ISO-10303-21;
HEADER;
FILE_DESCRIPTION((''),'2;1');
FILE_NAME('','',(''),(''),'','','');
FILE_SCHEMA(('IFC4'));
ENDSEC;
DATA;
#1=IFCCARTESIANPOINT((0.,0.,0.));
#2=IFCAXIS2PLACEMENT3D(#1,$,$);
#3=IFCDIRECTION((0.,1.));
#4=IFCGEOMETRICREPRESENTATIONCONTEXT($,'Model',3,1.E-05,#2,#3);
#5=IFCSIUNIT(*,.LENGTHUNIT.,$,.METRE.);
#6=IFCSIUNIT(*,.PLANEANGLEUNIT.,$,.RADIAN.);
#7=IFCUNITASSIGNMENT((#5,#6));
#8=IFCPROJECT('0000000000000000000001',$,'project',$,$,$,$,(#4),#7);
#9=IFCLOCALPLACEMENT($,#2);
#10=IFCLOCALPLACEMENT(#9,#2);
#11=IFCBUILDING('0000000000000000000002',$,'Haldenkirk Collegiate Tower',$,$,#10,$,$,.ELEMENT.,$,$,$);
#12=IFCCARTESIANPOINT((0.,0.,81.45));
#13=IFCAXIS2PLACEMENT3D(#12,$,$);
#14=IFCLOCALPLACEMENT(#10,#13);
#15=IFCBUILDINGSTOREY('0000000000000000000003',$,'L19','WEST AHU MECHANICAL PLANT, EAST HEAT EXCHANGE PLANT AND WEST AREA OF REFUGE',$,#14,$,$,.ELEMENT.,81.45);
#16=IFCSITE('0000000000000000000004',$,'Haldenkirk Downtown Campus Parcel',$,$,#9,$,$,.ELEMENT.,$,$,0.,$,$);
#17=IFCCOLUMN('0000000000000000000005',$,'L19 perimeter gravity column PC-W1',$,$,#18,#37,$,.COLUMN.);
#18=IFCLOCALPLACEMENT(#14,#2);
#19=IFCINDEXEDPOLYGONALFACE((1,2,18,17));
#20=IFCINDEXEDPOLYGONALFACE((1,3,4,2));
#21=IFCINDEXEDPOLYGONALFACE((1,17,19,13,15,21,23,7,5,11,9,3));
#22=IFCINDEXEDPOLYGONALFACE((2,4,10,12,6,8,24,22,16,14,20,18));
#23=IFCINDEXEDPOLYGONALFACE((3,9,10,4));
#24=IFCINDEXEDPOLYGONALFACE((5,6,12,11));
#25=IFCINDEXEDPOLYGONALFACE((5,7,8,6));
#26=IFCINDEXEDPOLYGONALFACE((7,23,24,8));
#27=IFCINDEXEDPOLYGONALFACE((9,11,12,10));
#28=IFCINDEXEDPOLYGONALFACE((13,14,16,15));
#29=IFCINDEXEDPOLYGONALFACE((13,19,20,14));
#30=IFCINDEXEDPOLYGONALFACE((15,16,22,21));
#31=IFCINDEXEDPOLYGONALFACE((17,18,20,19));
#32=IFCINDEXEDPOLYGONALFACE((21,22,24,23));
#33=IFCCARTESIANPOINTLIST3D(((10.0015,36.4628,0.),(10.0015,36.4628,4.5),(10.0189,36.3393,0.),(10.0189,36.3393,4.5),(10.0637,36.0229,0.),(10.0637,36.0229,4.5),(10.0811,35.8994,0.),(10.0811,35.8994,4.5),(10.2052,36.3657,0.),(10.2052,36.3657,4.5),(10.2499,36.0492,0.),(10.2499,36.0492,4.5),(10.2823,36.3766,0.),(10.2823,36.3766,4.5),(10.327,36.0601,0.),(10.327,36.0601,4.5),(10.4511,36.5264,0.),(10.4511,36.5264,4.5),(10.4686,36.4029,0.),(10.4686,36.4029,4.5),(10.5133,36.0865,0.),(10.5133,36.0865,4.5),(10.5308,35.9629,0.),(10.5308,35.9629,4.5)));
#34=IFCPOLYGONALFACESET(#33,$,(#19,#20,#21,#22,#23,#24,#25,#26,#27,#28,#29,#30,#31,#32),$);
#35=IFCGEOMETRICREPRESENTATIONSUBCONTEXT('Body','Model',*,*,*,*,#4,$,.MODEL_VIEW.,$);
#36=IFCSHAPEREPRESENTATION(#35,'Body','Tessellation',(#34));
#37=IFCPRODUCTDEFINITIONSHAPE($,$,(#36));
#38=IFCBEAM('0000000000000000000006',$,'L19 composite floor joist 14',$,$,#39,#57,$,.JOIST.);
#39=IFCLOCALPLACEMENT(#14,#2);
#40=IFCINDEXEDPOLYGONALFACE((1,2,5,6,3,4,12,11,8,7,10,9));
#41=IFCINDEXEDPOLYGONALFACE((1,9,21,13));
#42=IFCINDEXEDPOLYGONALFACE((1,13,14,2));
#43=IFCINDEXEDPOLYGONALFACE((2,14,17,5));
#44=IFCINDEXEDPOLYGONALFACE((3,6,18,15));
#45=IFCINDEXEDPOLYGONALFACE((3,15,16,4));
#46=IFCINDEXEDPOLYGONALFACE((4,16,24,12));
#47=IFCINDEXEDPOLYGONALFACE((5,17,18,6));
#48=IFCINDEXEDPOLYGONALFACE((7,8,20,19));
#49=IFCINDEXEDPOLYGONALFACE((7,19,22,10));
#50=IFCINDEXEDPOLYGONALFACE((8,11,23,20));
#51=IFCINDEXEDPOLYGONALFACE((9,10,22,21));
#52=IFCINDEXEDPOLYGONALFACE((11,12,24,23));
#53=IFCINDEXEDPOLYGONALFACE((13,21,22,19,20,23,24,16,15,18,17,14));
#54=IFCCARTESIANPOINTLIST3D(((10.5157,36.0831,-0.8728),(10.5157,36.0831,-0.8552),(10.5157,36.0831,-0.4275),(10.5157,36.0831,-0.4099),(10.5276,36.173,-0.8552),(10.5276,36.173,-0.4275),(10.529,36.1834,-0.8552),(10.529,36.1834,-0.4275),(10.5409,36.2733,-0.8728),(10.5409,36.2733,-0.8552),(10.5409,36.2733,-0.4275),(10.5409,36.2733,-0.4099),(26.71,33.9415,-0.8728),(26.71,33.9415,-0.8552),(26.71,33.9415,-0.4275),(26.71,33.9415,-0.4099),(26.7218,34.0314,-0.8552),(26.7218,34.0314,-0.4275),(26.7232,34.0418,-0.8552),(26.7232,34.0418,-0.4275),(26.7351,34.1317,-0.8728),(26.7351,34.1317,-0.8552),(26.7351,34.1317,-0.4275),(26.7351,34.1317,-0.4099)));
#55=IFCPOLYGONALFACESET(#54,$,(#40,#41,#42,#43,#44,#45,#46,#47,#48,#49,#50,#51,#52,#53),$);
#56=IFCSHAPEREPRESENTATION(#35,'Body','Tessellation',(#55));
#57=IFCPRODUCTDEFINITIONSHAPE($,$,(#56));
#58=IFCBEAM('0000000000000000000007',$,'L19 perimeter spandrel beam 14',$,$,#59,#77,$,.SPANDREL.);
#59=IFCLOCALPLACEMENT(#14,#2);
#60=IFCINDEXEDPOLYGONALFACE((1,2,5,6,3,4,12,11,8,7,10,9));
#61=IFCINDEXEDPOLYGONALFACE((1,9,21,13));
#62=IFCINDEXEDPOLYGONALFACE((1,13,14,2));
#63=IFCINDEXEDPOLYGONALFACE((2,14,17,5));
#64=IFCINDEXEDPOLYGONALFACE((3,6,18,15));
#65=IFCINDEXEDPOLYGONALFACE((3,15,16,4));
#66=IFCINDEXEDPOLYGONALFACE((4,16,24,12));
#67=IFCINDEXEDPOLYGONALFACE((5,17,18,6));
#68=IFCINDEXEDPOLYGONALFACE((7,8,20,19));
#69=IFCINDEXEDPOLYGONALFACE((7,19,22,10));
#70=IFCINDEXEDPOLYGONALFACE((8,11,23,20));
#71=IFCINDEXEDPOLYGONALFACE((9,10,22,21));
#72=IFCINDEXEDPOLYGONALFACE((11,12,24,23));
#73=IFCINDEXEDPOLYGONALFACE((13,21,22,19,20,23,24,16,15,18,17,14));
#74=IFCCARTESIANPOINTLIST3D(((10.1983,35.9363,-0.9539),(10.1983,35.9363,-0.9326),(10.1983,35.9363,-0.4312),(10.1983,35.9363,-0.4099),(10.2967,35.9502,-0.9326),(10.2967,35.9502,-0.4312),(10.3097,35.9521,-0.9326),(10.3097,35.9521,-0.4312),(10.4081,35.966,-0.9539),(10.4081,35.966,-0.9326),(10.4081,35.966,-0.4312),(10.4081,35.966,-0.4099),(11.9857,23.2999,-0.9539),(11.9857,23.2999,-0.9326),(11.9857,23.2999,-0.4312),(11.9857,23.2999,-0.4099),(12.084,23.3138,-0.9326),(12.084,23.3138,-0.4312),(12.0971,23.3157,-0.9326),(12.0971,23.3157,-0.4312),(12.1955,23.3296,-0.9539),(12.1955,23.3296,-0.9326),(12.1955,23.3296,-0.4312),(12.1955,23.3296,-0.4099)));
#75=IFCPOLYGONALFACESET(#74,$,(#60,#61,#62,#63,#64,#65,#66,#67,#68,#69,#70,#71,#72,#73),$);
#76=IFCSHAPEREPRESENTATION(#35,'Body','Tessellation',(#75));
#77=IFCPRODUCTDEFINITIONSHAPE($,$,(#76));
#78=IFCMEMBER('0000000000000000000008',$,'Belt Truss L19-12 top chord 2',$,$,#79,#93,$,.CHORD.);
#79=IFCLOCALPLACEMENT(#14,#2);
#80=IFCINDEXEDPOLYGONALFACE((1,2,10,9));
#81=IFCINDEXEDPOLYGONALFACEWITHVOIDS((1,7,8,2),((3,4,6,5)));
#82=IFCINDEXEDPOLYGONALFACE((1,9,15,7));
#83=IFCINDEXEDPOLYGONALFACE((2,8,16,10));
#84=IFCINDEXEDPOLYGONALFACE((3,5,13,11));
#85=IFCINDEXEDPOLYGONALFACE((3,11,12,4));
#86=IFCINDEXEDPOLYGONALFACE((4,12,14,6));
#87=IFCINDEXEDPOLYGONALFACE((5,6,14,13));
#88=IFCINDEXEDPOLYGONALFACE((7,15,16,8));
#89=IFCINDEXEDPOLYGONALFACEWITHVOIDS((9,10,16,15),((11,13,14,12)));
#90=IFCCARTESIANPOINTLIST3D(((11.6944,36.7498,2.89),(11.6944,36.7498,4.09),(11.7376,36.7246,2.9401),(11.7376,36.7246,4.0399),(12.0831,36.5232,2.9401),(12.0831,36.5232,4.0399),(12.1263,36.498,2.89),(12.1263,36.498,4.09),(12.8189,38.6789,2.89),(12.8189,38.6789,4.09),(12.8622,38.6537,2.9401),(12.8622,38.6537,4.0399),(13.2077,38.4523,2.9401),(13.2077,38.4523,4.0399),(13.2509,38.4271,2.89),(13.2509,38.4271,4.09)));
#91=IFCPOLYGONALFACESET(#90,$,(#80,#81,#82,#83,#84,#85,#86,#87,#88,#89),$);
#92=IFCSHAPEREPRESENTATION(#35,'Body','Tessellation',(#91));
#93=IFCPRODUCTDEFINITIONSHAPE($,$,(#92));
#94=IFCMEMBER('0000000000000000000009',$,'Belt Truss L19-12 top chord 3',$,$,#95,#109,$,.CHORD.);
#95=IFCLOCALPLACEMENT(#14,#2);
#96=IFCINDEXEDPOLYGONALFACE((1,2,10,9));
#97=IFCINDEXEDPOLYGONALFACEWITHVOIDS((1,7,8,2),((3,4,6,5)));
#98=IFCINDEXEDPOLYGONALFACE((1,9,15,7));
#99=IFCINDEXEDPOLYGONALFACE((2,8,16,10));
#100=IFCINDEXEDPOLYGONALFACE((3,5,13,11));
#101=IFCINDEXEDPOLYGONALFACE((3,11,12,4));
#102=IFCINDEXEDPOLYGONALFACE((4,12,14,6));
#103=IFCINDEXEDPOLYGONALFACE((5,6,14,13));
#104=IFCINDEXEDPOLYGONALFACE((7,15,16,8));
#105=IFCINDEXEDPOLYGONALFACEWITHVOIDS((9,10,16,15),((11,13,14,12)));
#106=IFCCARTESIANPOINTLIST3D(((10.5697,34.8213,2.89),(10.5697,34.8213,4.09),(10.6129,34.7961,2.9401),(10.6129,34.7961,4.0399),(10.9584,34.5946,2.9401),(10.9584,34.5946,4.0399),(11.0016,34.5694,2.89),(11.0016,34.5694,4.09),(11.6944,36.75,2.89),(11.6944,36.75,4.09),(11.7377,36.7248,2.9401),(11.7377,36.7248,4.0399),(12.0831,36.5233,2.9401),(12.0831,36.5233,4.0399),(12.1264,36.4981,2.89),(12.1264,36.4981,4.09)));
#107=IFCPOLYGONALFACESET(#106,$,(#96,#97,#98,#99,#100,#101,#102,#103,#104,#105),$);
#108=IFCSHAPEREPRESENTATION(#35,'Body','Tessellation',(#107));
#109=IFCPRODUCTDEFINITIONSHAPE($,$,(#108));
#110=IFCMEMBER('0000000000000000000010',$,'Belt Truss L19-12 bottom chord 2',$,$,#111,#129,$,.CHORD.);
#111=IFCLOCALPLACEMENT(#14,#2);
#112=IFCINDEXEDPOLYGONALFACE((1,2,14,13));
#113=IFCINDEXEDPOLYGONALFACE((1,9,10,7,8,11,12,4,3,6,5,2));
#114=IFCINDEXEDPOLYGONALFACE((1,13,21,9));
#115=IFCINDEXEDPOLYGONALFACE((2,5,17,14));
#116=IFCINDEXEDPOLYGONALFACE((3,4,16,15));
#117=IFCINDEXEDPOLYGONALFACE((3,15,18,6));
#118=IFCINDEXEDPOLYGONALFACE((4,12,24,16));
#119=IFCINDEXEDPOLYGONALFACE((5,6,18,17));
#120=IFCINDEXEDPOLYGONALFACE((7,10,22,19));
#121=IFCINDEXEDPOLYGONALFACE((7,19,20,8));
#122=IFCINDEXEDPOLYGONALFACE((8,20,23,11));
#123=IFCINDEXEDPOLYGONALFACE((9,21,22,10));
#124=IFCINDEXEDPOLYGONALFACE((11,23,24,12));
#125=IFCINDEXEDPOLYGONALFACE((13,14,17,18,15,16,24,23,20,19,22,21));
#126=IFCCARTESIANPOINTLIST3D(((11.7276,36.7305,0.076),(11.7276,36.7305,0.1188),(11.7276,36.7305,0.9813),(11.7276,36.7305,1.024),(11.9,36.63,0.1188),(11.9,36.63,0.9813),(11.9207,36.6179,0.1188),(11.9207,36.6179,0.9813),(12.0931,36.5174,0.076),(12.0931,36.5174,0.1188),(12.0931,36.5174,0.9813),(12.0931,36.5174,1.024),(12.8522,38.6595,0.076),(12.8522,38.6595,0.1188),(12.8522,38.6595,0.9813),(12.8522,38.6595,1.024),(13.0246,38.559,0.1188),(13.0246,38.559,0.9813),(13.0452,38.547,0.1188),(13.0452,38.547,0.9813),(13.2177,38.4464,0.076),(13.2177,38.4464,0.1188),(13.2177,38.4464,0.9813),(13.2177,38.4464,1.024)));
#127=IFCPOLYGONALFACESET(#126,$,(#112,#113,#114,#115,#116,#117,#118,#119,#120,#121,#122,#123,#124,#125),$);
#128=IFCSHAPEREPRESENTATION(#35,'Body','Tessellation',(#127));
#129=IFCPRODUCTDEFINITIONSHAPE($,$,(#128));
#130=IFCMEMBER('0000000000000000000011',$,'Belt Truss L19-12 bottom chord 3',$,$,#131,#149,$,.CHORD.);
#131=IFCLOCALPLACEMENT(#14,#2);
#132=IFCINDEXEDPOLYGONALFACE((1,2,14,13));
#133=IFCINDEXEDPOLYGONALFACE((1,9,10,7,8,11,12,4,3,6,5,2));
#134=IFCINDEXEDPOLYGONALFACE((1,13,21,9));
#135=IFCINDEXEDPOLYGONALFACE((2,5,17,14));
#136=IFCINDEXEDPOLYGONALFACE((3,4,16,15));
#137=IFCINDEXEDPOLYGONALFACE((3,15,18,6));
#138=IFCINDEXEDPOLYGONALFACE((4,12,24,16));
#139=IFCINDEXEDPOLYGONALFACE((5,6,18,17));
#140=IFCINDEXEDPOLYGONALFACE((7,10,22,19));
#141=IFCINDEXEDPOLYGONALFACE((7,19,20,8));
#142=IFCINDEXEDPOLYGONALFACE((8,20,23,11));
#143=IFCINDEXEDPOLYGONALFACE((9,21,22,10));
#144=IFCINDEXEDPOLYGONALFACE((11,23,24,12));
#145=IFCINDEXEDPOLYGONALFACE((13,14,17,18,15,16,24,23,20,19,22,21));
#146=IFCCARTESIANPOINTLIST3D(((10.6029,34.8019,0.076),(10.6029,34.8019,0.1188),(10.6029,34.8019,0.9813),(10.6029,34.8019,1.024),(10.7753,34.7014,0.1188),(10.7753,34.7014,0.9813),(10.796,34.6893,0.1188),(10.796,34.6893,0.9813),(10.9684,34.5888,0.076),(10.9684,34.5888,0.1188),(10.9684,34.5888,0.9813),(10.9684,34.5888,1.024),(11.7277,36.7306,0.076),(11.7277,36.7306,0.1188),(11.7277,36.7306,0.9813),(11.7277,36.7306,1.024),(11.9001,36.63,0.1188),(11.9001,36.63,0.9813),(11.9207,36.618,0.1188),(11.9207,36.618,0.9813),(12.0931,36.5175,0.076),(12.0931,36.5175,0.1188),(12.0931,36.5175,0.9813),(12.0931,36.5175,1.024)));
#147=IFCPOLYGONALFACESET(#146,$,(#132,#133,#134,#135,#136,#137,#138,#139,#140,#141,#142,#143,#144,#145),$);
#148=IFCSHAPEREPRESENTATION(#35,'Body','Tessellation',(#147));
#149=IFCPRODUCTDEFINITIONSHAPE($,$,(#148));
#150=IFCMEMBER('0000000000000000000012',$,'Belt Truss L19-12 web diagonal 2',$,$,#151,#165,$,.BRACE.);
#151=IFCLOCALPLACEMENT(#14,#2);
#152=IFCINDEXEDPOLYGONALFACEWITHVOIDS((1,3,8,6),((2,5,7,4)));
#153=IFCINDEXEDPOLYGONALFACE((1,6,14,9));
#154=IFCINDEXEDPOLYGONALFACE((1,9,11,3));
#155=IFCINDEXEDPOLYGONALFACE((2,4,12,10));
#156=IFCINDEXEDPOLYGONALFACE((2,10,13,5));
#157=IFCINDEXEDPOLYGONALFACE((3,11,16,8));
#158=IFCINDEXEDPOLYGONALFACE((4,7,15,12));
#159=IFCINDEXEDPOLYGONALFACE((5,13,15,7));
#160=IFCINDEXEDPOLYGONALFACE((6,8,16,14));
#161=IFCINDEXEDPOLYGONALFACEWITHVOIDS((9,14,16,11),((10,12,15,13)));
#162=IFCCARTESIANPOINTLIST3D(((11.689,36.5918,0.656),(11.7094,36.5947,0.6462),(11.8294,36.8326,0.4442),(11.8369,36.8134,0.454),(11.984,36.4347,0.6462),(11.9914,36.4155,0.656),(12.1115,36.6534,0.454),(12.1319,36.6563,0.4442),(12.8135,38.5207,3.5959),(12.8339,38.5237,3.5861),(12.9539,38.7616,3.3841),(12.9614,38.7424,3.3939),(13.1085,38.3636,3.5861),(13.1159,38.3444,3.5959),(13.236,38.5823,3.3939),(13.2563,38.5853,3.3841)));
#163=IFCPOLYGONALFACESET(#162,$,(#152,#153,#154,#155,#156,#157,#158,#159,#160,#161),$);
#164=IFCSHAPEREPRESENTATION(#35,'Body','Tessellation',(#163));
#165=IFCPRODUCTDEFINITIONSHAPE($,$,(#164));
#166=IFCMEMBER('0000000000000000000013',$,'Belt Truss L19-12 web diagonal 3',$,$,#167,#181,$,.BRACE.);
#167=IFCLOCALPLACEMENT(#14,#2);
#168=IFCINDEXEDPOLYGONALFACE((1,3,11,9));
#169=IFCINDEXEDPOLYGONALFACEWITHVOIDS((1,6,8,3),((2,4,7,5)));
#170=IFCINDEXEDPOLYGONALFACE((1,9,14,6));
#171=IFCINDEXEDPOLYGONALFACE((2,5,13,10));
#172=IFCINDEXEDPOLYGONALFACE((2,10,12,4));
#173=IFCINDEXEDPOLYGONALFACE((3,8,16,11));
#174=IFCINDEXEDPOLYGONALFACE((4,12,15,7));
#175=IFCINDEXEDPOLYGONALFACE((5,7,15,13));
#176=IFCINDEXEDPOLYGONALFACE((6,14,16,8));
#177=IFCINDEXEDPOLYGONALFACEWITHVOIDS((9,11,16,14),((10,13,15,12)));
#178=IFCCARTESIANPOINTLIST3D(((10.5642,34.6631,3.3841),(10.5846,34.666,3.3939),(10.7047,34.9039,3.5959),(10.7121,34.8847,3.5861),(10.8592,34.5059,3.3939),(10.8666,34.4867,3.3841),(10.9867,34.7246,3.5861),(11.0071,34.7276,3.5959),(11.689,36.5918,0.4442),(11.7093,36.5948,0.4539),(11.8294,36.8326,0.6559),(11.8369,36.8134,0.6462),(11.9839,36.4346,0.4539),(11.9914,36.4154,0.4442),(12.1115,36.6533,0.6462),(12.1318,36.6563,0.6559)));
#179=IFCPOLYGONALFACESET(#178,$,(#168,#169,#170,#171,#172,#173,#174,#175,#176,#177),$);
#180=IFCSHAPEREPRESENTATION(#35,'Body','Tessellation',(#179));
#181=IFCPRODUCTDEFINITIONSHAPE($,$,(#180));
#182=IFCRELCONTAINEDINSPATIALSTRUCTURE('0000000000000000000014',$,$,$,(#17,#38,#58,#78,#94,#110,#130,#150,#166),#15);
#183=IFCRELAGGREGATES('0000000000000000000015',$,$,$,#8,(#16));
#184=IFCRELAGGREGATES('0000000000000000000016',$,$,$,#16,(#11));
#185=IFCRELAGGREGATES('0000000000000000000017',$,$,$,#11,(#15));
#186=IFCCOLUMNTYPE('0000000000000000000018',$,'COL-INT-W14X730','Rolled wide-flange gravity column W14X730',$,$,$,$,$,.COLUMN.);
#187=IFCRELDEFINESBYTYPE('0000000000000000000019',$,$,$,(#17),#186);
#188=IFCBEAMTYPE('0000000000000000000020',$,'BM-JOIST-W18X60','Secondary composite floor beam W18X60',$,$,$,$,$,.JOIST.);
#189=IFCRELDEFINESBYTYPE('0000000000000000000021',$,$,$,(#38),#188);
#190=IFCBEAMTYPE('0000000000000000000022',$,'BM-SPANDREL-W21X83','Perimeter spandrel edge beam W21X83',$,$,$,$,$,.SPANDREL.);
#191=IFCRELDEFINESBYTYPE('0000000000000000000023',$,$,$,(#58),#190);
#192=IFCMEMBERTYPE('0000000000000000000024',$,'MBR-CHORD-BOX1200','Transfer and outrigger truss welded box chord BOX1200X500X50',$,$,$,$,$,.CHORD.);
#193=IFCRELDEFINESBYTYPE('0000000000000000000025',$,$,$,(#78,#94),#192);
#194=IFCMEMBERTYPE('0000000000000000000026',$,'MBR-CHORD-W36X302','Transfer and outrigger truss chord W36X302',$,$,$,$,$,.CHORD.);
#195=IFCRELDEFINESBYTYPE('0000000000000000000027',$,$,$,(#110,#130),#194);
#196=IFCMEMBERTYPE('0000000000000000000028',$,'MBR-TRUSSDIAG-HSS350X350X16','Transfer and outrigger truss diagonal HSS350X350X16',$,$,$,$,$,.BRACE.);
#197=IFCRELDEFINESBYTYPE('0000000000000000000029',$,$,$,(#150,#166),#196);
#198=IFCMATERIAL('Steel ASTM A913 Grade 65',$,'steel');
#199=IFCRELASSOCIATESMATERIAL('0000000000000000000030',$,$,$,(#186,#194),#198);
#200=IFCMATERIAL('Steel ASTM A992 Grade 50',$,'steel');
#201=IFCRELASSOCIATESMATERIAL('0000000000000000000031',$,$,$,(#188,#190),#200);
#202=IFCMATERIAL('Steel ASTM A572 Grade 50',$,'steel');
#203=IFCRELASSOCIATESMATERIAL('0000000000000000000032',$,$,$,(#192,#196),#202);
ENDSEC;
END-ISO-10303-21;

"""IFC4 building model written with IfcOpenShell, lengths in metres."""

from ifc_helpers import new_model, si_unit, direction, frame, origin, origin_2d, place, context, subcontext, project, spatial, hollow_rectangle, i_section, extrude, material, material_profile, profile_set, type_object, element, save


model = new_model("IFC4")

# Units and contexts
model_context = context("Model", 3, precision=1e-05, world=origin(), true_north=direction((0.0, 1.0)))
body_context = subcontext(model_context, "Body", "Model", "MODEL_VIEW")
ifc_project = project(units=[si_unit("LENGTHUNIT", "METRE"), si_unit("PLANEANGLEUNIT", "RADIAN")], contexts=[model_context])

# Site, building, storey
site_placement = place(None, origin())
site = spatial("IfcSite", under=ifc_project, at=site_placement, Name="Haldenkirk Downtown Campus Parcel", CompositionType="ELEMENT", RefElevation=0.0)
building_placement = place(site_placement, origin())
building = spatial("IfcBuilding", under=site, at=building_placement, Name="Haldenkirk Collegiate Tower", CompositionType="ELEMENT")
storey_placement = place(building_placement, frame((0.0, 0.0, 81.45)))
storey = spatial("IfcBuildingStorey", under=building, at=storey_placement, Name="L19", Description="WEST AHU MECHANICAL PLANT, EAST HEAT EXCHANGE PLANT AND WEST AREA OF REFUGE", CompositionType="ELEMENT", Elevation=81.45)

# Column
ifc_material_1 = material(Name="Steel ASTM A913 Grade 65", Category="steel")
ifc_material_profile_1 = material_profile(ifc_material_1, i_section(OverallWidth=0.4541, OverallDepth=0.5691, WebThickness=0.0779, FlangeThickness=0.1248, at=origin_2d()), Name="W14X730")
ifc_profile_set_1 = profile_set([ifc_material_profile_1], Name="Steel ASTM A913 Grade 65")
column_type = type_object("IfcColumnType", Name="COL-INT-W14X730", Description="Rolled wide-flange gravity column W14X730", PredefinedType="COLUMN", material=ifc_profile_set_1)
column_placement = place(storey_placement, frame((10.2661, 36.2129, 0.0), z_axis=(0.0, 0.0, 1.0), x_axis=(0.990146, 0.140037, 0.0)))
element("IfcColumn", 1, at=column_placement, inside=storey, type_object=column_type, Name="L19 perimeter gravity column PC-W1", PredefinedType="COLUMN", context=body_context, shape_type="SweptSolid", body=[
    extrude(i_section(OverallWidth=0.4541, OverallDepth=0.5691, WebThickness=0.0779, FlangeThickness=0.1248, at=origin_2d()), origin(), (0.0, 0.0, 1.0), 4.5),
])

# Beams
ifc_material_2 = material(Name="Steel ASTM A992 Grade 50", Category="steel")
ifc_material_profile_2 = material_profile(ifc_material_2, i_section(OverallWidth=0.1919, OverallDepth=0.4629, WebThickness=0.0105, FlangeThickness=0.0176, at=origin_2d()), Name="W18X60")
ifc_profile_set_2 = profile_set([ifc_material_profile_2], Name="Steel ASTM A992 Grade 50")
beam_type_1 = type_object("IfcBeamType", Name="BM-JOIST-W18X60", Description="Secondary composite floor beam W18X60", PredefinedType="JOIST", material=ifc_profile_set_2)
beam_1_placement = place(storey_placement, frame((10.5283, 36.1782, -0.6414), z_axis=(0.991369, -0.131104, 0.0), x_axis=(0.131104, 0.991369, 0.0)))
element("IfcBeam", 2, at=beam_1_placement, inside=storey, type_object=beam_type_1, Name="L19 composite floor joist 14", PredefinedType="JOIST", context=body_context, shape_type="SweptSolid", body=[
    extrude(i_section(OverallWidth=0.1919, OverallDepth=0.4629, WebThickness=0.0105, FlangeThickness=0.0176, at=origin_2d()), origin(), (0.0, 0.0, 1.0), 16.3352),
])
ifc_material_profile_3 = material_profile(ifc_material_2, i_section(OverallWidth=0.2119, OverallDepth=0.5439, WebThickness=0.0132, FlangeThickness=0.0212, at=origin_2d()), Name="W21X83")
ifc_profile_set_3 = profile_set([ifc_material_profile_3], Name="Steel ASTM A992 Grade 50")
beam_type_2 = type_object("IfcBeamType", Name="BM-SPANDREL-W21X83", Description="Perimeter spandrel edge beam W21X83", PredefinedType="SPANDREL", material=ifc_profile_set_3)
beam_2_placement = place(storey_placement, frame((10.3032, 35.9512, -0.6819), z_axis=(0.14005, -0.990144, 0.0), x_axis=(0.990144, 0.14005, 0.0)))
element("IfcBeam", 3, at=beam_2_placement, inside=storey, type_object=beam_type_2, Name="L19 perimeter spandrel beam 14", PredefinedType="SPANDREL", context=body_context, shape_type="SweptSolid", body=[
    extrude(i_section(OverallWidth=0.2119, OverallDepth=0.5439, WebThickness=0.0132, FlangeThickness=0.0212, at=origin_2d()), origin(), (0.0, 0.0, 1.0), 12.7622),
])

# Members
ifc_material_3 = material(Name="Steel ASTM A572 Grade 50", Category="steel")
ifc_material_profile_4 = material_profile(ifc_material_3, hollow_rectangle(XDim=0.5, YDim=1.2, WallThickness=0.05, at=origin_2d()), Name="BOX1200X500X50")
ifc_profile_set_4 = profile_set([ifc_material_profile_4], Name="Steel ASTM A572 Grade 50")
member_type_1 = type_object("IfcMemberType", Name="MBR-CHORD-BOX1200", Description="Transfer and outrigger truss welded box chord BOX1200X500X50", PredefinedType="CHORD", material=ifc_profile_set_4)
member_1_placement = place(storey_placement, frame((13.0349, 38.553, 3.49), z_axis=(-0.503633, -0.863918, 0.0), x_axis=(0.863918, -0.503633, 0.0)))
element("IfcMember", 4, at=member_1_placement, inside=storey, type_object=member_type_1, Name="Belt Truss L19-12 top chord 2", PredefinedType="CHORD", context=body_context, shape_type="SweptSolid", body=[
    extrude(hollow_rectangle(XDim=0.5, YDim=1.2, WallThickness=0.05, at=origin_2d()), origin(), (0.0, 0.0, 1.0), 2.2329),
])
member_2_placement = place(storey_placement, frame((11.9104, 36.624, 3.49), z_axis=(-0.503762, -0.863842, 0.0), x_axis=(0.863842, -0.503762, 0.0)))
element("IfcMember", 5, at=member_2_placement, inside=storey, type_object=member_type_1, Name="Belt Truss L19-12 top chord 3", PredefinedType="CHORD", context=body_context, shape_type="SweptSolid", body=[
    extrude(hollow_rectangle(XDim=0.5, YDim=1.2, WallThickness=0.05, at=origin_2d()), origin(), (0.0, 0.0, 1.0), 2.2327),
])
ifc_material_profile_5 = material_profile(ifc_material_1, i_section(OverallWidth=0.4231, OverallDepth=0.948, WebThickness=0.0239, FlangeThickness=0.0427, at=origin_2d()), Name="W36X302")
ifc_profile_set_5 = profile_set([ifc_material_profile_5], Name="Steel ASTM A913 Grade 65")
member_type_2 = type_object("IfcMemberType", Name="MBR-CHORD-W36X302", Description="Transfer and outrigger truss chord W36X302", PredefinedType="CHORD", material=ifc_profile_set_5)
member_3_placement = place(storey_placement, frame((13.0349, 38.553, 0.55), z_axis=(-0.503633, -0.863918, 0.0), x_axis=(0.863918, -0.503633, 0.0)))
element("IfcMember", 6, at=member_3_placement, inside=storey, type_object=member_type_2, Name="Belt Truss L19-12 bottom chord 2", PredefinedType="CHORD", context=body_context, shape_type="SweptSolid", body=[
    extrude(i_section(OverallWidth=0.4231, OverallDepth=0.948, WebThickness=0.0239, FlangeThickness=0.0427, at=origin_2d()), origin(), (0.0, 0.0, 1.0), 2.2329),
])
member_4_placement = place(storey_placement, frame((11.9104, 36.624, 0.55), z_axis=(-0.503762, -0.863842, 0.0), x_axis=(0.863842, -0.503762, 0.0)))
element("IfcMember", 7, at=member_4_placement, inside=storey, type_object=member_type_2, Name="Belt Truss L19-12 bottom chord 3", PredefinedType="CHORD", context=body_context, shape_type="SweptSolid", body=[
    extrude(i_section(OverallWidth=0.4231, OverallDepth=0.948, WebThickness=0.0239, FlangeThickness=0.0427, at=origin_2d()), origin(), (0.0, 0.0, 1.0), 2.2327),
])
ifc_material_profile_6 = material_profile(ifc_material_3, hollow_rectangle(XDim=0.3501, YDim=0.3501, WallThickness=0.0161, at=origin_2d()), Name="HSS350X350X16")
ifc_profile_set_6 = profile_set([ifc_material_profile_6], Name="Steel ASTM A572 Grade 50")
member_type_3 = type_object("IfcMemberType", Name="MBR-TRUSSDIAG-HSS350X350X16", Description="Transfer and outrigger truss diagonal HSS350X350X16", PredefinedType="BRACE", material=ifc_profile_set_6)
for number, where, z_axis, x_axis, name in (
    (8, (13.0349, 38.553, 3.49), (-0.304605, -0.522511, -0.796365), (0.863918, -0.503633, 0.0), "Belt Truss L19-12 web diagonal 2"),
    (9, (11.9104, 36.624, 0.55), (-0.304676, -0.522453, 0.796377), (0.863842, -0.503762, 0.0), "Belt Truss L19-12 web diagonal 3"),
):
    element("IfcMember", number, at=place(storey_placement, frame(where, z_axis=z_axis, x_axis=x_axis)), inside=storey, type_object=member_type_3, Name=name, PredefinedType="BRACE", context=body_context, shape_type="SweptSolid", body=[
        extrude(hollow_rectangle(XDim=0.3501, YDim=0.3501, WallThickness=0.0161, at=origin_2d()), origin(), (0.0, 0.0, 1.0), 3.6917),
    ])

save(model, "model.ifc")
